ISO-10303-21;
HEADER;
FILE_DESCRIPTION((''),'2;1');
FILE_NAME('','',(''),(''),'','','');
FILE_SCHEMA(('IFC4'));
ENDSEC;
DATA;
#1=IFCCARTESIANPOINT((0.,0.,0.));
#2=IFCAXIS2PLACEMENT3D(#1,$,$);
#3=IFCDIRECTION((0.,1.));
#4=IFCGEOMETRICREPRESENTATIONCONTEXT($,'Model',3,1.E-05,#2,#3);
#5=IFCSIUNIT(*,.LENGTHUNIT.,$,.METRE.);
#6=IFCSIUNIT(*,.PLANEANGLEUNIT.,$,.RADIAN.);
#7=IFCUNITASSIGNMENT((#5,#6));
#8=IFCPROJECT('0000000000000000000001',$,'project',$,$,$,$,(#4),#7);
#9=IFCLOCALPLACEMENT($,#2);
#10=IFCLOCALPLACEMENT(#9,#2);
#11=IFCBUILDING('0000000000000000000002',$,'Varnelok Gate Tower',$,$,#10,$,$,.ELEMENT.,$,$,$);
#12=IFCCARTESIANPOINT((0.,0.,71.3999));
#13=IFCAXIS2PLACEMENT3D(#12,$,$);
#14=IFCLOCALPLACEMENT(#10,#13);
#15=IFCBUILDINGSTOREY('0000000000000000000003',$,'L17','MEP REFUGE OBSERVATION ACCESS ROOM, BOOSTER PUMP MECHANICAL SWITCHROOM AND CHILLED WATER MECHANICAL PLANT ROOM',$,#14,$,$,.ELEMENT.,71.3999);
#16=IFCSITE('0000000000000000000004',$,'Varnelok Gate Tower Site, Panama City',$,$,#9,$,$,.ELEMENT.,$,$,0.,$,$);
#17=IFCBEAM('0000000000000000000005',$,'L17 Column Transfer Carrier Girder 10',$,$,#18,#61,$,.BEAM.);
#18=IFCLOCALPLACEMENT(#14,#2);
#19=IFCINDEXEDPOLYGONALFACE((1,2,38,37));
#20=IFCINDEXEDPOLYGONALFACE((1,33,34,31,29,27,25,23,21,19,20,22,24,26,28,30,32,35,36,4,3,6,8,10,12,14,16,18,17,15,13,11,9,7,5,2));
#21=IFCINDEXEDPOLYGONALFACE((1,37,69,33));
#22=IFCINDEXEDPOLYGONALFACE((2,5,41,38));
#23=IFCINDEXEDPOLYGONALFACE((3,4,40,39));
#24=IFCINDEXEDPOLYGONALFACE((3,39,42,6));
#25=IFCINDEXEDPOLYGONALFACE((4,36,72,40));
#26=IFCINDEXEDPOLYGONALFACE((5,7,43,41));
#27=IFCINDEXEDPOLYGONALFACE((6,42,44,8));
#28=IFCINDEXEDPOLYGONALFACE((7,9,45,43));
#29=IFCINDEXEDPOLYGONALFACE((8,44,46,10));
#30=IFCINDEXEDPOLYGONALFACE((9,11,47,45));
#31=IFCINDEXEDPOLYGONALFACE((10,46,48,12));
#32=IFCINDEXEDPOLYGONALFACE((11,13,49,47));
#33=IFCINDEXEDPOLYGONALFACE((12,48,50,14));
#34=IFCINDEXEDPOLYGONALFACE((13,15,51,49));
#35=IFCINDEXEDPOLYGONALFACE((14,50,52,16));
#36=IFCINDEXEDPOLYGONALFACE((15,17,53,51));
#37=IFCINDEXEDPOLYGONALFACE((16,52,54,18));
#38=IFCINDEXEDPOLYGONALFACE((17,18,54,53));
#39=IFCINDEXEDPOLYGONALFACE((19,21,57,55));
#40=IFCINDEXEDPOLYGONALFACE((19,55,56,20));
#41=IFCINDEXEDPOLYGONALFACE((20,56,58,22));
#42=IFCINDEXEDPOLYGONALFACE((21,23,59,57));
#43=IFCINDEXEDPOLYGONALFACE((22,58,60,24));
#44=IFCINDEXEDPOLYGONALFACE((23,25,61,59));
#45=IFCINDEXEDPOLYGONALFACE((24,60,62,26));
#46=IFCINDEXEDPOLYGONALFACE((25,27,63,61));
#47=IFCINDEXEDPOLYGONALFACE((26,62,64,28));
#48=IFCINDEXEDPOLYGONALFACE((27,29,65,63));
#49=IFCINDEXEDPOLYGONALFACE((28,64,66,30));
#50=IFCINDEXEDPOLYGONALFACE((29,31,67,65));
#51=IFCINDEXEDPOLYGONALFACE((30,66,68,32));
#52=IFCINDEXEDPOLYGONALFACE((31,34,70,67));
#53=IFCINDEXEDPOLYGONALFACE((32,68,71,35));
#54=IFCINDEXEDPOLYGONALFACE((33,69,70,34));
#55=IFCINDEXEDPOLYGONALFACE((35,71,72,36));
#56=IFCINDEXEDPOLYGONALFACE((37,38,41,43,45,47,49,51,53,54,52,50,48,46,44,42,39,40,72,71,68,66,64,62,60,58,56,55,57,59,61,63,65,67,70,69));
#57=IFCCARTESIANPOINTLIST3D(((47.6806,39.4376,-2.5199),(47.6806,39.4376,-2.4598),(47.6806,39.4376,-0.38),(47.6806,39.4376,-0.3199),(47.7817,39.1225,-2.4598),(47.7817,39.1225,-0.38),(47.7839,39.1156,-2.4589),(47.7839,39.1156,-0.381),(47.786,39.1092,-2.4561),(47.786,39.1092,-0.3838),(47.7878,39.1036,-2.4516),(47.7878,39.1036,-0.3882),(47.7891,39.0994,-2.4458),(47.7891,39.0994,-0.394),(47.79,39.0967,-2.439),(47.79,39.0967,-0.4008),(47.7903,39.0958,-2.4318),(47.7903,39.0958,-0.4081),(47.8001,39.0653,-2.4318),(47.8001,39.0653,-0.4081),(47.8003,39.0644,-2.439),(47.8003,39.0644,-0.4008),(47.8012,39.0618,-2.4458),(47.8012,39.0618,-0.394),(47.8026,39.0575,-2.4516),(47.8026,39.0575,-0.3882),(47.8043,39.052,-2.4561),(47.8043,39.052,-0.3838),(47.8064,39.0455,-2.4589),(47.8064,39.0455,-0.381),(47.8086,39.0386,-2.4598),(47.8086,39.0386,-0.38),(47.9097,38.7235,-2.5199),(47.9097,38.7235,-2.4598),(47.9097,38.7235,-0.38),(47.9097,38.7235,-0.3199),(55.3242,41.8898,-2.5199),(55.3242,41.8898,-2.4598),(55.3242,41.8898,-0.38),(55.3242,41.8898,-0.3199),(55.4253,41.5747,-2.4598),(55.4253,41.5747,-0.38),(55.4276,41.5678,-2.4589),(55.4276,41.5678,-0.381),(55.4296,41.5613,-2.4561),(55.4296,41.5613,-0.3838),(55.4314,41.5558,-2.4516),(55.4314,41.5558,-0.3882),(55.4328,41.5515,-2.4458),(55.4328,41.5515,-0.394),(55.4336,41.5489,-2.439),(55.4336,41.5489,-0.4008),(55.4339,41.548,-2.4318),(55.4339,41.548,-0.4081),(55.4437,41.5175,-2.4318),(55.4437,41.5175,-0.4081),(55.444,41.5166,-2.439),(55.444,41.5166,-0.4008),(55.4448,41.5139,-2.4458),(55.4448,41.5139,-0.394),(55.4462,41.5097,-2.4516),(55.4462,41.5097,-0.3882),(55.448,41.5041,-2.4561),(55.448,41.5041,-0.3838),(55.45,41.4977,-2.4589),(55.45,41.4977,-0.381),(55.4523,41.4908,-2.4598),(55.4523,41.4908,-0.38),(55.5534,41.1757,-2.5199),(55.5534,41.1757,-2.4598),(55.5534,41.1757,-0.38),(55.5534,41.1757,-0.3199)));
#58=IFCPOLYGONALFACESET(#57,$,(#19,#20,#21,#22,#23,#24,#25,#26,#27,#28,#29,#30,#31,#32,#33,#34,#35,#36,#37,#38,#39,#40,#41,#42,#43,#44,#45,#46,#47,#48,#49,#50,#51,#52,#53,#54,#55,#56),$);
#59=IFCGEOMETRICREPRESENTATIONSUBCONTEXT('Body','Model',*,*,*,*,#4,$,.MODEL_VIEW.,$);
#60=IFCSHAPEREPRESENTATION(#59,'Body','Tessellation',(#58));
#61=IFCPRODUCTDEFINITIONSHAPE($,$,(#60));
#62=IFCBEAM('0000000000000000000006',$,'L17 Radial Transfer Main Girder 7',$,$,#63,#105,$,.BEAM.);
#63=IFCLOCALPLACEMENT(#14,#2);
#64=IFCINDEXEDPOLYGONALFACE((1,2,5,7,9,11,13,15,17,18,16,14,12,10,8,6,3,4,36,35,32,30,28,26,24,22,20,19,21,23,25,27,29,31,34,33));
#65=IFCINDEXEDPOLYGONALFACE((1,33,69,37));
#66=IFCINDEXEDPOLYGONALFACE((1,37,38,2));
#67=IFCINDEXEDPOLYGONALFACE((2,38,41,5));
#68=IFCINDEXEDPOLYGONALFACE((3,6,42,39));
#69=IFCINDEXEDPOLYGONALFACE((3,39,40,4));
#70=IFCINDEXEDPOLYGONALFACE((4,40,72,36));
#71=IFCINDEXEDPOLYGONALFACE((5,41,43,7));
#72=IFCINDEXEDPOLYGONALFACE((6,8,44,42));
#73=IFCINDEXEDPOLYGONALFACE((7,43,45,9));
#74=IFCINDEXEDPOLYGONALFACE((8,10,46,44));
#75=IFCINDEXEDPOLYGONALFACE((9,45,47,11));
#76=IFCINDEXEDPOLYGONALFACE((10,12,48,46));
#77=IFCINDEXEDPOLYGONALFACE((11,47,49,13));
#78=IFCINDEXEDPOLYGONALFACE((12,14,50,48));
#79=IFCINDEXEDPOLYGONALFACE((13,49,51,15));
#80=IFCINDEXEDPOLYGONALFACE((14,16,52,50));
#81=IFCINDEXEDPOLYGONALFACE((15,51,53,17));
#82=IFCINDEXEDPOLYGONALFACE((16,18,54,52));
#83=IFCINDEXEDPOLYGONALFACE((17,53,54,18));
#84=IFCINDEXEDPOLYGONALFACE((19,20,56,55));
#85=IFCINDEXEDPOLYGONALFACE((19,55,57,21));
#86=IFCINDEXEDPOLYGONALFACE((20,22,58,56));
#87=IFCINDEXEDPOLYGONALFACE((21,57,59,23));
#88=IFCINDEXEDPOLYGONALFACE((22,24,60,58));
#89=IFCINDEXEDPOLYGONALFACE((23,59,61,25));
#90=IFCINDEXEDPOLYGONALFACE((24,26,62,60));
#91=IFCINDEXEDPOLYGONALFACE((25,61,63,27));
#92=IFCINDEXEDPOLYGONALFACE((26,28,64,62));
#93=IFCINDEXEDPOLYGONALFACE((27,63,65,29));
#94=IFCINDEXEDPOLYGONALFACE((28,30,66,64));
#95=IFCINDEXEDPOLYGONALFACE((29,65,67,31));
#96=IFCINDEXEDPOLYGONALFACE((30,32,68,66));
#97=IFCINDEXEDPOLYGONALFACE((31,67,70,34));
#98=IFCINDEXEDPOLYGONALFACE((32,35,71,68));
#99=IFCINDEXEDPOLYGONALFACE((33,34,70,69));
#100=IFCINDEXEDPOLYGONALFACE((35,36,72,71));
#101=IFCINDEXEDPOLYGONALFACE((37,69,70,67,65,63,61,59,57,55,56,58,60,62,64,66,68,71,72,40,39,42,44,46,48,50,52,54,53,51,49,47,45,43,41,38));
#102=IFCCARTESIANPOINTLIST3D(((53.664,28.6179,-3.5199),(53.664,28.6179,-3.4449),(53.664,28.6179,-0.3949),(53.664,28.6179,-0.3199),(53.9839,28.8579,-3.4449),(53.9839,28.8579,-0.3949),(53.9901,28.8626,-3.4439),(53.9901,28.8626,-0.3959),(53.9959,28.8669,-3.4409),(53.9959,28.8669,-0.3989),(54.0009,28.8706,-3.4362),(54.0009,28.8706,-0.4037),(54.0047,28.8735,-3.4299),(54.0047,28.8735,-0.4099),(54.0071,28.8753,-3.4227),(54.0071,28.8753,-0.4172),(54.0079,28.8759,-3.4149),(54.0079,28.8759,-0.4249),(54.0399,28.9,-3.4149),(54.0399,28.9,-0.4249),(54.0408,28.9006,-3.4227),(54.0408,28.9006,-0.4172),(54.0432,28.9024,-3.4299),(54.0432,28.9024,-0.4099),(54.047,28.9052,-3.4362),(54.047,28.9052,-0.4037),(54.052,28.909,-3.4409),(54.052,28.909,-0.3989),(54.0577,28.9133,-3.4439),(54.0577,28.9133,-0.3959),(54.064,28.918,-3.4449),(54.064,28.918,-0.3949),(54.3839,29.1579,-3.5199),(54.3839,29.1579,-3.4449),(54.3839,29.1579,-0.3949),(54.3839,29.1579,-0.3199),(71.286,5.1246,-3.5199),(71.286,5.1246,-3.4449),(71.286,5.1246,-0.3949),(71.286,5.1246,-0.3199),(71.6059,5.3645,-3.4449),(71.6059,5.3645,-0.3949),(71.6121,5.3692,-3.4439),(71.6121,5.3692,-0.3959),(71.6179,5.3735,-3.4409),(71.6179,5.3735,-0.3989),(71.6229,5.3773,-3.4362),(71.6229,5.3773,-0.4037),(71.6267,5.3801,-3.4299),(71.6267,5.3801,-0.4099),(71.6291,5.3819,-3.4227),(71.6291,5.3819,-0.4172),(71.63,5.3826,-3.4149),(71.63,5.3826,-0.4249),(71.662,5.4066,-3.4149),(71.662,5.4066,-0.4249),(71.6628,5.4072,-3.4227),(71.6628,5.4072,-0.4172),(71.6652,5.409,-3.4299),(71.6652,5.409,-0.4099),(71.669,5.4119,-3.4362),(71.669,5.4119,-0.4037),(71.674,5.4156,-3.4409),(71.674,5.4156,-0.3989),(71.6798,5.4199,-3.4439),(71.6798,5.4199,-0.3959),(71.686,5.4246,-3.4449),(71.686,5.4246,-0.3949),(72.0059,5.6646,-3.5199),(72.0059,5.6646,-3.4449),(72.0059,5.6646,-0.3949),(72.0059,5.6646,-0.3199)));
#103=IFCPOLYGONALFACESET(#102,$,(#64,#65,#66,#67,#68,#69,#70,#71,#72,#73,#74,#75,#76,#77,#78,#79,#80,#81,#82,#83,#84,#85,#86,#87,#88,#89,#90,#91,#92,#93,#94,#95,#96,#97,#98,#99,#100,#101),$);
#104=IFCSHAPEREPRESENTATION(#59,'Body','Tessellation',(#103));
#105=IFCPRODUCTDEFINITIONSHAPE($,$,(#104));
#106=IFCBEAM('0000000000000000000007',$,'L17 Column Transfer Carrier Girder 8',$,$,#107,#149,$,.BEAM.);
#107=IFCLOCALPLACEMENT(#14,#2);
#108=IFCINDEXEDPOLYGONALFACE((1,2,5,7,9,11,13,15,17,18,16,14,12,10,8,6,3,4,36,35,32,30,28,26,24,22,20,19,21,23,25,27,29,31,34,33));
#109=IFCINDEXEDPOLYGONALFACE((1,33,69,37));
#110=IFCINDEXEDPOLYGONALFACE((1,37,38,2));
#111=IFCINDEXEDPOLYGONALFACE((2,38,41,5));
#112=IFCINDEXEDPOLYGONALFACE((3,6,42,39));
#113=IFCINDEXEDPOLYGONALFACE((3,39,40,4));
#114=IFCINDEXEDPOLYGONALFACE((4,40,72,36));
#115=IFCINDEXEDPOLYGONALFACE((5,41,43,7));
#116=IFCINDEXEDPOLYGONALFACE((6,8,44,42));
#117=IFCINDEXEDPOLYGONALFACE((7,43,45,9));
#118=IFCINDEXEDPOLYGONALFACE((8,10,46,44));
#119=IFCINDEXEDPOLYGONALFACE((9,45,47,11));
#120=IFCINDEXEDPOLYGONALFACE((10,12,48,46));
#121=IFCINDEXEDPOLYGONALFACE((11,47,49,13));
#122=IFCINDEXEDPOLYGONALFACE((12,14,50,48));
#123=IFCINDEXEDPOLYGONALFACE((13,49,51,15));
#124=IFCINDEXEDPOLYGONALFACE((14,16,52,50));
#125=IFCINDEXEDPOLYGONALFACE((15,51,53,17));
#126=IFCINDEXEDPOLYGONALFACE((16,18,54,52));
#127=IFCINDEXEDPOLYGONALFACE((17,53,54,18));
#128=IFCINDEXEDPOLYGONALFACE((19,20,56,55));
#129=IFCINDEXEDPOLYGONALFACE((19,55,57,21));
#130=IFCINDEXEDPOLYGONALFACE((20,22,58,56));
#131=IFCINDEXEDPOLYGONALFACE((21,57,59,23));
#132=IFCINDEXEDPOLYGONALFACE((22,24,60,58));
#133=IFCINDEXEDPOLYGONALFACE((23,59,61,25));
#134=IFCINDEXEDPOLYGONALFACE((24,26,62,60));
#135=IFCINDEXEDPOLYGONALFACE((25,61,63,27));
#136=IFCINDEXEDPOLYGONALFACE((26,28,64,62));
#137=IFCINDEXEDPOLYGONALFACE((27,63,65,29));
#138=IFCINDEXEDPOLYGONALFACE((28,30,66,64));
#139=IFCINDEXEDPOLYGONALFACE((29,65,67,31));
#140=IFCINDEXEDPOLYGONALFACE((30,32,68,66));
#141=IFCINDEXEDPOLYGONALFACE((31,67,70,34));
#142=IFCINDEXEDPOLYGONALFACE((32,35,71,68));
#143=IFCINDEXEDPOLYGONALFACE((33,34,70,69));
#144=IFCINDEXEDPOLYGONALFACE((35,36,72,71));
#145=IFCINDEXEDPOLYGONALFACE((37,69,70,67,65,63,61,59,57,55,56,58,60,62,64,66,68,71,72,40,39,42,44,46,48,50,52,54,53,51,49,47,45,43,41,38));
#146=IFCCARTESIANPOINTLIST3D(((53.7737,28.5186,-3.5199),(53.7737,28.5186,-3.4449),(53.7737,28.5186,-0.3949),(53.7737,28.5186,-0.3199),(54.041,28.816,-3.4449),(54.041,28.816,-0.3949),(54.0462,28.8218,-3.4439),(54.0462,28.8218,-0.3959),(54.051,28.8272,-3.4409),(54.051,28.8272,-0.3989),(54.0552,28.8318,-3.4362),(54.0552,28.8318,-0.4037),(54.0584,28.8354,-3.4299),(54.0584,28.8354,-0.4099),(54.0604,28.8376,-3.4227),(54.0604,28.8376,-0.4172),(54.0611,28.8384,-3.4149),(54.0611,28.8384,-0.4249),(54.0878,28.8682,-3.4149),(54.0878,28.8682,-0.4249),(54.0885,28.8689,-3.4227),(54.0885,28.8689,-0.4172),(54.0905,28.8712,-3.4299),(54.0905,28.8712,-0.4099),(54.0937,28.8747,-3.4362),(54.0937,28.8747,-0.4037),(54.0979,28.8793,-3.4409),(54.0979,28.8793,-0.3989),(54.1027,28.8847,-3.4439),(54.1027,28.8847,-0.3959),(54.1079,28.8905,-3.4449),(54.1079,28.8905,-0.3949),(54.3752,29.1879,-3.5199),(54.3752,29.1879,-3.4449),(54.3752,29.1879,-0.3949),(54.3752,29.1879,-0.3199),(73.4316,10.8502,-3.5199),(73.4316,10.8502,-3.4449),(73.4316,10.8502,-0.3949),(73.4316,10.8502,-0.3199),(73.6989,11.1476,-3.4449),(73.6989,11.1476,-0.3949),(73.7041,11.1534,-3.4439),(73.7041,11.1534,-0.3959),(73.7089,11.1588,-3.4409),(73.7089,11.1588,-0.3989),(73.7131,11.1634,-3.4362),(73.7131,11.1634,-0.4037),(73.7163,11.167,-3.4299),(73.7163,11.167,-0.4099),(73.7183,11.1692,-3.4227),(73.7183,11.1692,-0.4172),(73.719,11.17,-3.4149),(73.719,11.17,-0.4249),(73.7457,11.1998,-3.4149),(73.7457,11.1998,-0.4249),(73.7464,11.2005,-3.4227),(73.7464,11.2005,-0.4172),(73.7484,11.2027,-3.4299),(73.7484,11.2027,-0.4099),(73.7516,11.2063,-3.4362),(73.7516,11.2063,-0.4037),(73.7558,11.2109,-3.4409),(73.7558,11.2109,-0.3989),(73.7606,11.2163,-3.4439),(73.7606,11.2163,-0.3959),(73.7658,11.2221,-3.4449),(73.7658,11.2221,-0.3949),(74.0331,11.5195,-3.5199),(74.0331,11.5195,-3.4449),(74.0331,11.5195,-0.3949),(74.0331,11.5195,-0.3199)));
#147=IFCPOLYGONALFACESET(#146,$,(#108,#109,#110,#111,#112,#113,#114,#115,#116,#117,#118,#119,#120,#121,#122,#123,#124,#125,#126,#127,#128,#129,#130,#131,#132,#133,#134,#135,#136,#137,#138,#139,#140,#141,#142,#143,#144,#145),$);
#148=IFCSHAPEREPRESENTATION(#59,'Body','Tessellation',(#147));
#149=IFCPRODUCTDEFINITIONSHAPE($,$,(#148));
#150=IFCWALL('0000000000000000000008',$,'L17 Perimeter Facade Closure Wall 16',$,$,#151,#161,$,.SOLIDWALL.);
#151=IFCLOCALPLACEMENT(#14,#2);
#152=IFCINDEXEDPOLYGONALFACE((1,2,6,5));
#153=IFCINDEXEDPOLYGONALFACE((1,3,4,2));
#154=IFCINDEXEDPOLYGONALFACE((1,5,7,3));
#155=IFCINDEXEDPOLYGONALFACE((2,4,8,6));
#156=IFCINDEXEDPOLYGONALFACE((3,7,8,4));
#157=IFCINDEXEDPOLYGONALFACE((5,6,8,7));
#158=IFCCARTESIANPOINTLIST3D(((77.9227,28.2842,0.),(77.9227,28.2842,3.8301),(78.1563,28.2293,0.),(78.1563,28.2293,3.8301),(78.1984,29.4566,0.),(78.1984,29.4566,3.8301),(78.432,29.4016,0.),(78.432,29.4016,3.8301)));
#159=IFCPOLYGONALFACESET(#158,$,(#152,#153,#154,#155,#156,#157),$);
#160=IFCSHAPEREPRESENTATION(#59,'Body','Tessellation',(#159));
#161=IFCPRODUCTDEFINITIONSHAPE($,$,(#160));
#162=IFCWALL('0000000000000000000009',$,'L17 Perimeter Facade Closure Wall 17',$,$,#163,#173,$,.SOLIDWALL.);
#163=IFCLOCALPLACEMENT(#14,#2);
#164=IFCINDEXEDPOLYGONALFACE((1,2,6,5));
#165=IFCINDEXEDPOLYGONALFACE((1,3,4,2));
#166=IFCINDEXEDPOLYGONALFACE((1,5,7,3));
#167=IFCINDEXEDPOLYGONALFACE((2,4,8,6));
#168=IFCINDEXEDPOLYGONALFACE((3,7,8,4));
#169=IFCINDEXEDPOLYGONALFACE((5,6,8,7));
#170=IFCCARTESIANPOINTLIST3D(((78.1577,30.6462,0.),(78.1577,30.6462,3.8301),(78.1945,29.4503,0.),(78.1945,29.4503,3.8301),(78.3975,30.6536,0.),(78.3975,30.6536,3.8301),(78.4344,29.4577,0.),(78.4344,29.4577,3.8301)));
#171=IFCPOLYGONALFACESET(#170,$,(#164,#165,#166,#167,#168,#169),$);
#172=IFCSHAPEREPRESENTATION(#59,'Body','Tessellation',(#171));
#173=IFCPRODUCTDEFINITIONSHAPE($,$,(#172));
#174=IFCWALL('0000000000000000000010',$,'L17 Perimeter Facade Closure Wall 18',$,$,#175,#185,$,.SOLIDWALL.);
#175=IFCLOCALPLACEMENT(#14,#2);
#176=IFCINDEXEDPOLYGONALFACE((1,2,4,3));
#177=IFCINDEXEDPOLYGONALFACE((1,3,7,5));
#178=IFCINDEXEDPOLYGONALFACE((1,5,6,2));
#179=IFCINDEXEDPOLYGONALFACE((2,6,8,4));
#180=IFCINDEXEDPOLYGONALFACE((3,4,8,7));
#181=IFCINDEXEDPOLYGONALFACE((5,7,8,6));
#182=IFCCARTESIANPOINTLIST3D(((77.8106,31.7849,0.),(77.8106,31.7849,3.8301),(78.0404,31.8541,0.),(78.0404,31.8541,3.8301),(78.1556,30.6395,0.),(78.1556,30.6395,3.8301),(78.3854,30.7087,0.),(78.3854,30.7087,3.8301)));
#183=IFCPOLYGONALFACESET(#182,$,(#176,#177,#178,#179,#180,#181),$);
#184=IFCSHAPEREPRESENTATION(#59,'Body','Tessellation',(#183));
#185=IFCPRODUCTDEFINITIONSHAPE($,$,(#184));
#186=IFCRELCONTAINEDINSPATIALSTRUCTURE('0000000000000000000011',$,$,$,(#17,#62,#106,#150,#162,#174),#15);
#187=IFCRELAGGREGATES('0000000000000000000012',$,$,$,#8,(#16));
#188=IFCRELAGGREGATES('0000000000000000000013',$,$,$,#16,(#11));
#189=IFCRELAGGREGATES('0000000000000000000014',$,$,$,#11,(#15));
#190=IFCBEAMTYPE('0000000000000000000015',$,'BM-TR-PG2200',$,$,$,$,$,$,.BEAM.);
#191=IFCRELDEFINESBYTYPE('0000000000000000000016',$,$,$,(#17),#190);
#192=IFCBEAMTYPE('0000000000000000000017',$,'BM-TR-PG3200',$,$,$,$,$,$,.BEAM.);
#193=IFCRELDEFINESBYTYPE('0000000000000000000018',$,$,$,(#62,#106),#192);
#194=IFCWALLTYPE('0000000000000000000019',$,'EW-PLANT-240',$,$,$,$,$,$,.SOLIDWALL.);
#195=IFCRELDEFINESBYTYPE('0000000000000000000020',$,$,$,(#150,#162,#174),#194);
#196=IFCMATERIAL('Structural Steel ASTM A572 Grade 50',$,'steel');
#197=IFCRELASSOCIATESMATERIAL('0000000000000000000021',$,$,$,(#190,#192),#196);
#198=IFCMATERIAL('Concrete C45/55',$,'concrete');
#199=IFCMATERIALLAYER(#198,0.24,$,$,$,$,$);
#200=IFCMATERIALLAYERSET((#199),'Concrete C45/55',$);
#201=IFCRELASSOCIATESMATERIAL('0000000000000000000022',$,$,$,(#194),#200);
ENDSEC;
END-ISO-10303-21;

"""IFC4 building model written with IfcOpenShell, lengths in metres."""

from ifc_helpers import new_model, si_unit, direction, frame, frame_2d, origin, origin_2d, place, context, subcontext, project, spatial, rectangle, i_section, extrude, material, layer, layer_set, material_profile, profile_set, type_object, element, save


model = new_model("IFC4")

# Units and contexts
model_context = context("Model", 3, precision=1e-05, world=origin(), true_north=direction((0.0, 1.0)))
body_context = subcontext(model_context, "Body", "Model", "MODEL_VIEW")
ifc_project = project(units=[si_unit("LENGTHUNIT", "METRE"), si_unit("PLANEANGLEUNIT", "RADIAN")], contexts=[model_context])

# Site, building, storey
site_placement = place(None, origin())
site = spatial("IfcSite", under=ifc_project, at=site_placement, Name="Varnelok Gate Tower Site, Panama City", CompositionType="ELEMENT", RefElevation=0.0)
building_placement = place(site_placement, origin())
building = spatial("IfcBuilding", under=site, at=building_placement, Name="Varnelok Gate Tower", CompositionType="ELEMENT")
storey_placement = place(building_placement, frame((0.0, 0.0, 71.3999)))
storey = spatial("IfcBuildingStorey", under=building, at=storey_placement, Name="L17", Description="MEP REFUGE OBSERVATION ACCESS ROOM, BOOSTER PUMP MECHANICAL SWITCHROOM AND CHILLED WATER MECHANICAL PLANT ROOM", CompositionType="ELEMENT", Elevation=71.3999)

# Beams
ifc_material_1 = material(Name="Structural Steel ASTM A572 Grade 50", Category="steel")
ifc_material_profile_1 = material_profile(ifc_material_1, i_section(OverallWidth=0.75, OverallDepth=2.2, WebThickness=0.032, FlangeThickness=0.0601, FilletRadius=0.0281, at=origin_2d()), Name="PG2200X750")
ifc_profile_set_1 = profile_set([ifc_material_profile_1], Name="Structural Steel ASTM A572 Grade 50")
beam_type_1 = type_object("IfcBeamType", Name="BM-TR-PG2200", PredefinedType="BEAM", material=ifc_profile_set_1)
beam_1_placement = place(storey_placement, frame((47.7952, 39.0806, -1.4199), z_axis=(0.952199, 0.305478, 0.0), x_axis=(-0.305478, 0.952199, 0.0)))
element("IfcBeam", 1, at=beam_1_placement, inside=storey, type_object=beam_type_1, Name="L17 Column Transfer Carrier Girder 10", PredefinedType="BEAM", context=body_context, shape_type="SweptSolid", body=[
    extrude(i_section(OverallWidth=0.75, OverallDepth=2.2, WebThickness=0.032, FlangeThickness=0.0601, FilletRadius=0.0281, at=origin_2d()), origin(), (0.0, 0.0, 1.0), 8.0273),
])
ifc_material_profile_2 = material_profile(ifc_material_1, i_section(OverallWidth=0.8999, OverallDepth=3.2, WebThickness=0.04, FlangeThickness=0.075, FilletRadius=0.03, at=origin_2d()), Name="PG3200X900")
ifc_profile_set_2 = profile_set([ifc_material_profile_2], Name="Structural Steel ASTM A572 Grade 50")
beam_type_2 = type_object("IfcBeamType", Name="BM-TR-PG3200", PredefinedType="BEAM", material=ifc_profile_set_2)
beam_2_placement = place(storey_placement, frame((54.0239, 28.8879, -1.9199), z_axis=(0.600044, -0.799967, 0.0), x_axis=(0.799967, 0.600044, 0.0)))
element("IfcBeam", 2, at=beam_2_placement, inside=storey, type_object=beam_type_2, Name="L17 Radial Transfer Main Girder 7", PredefinedType="BEAM", context=body_context, shape_type="SweptSolid", body=[
    extrude(i_section(OverallWidth=0.8999, OverallDepth=3.2, WebThickness=0.04, FlangeThickness=0.075, FilletRadius=0.03, at=origin_2d()), origin(), (0.0, 0.0, 1.0), 29.3679),
])
beam_3_placement = place(storey_placement, frame((54.0745, 28.8533, -1.9199), z_axis=(0.74374, -0.668469, 0.0), x_axis=(0.668469, 0.74374, 0.0)))
element("IfcBeam", 3, at=beam_3_placement, inside=storey, type_object=beam_type_2, Name="L17 Column Transfer Carrier Girder 8", PredefinedType="BEAM", context=body_context, shape_type="SweptSolid", body=[
    extrude(i_section(OverallWidth=0.8999, OverallDepth=3.2, WebThickness=0.04, FlangeThickness=0.075, FilletRadius=0.03, at=origin_2d()), origin(), (0.0, 0.0, 1.0), 26.4312),
])

# Walls
ifc_material_2 = material(Name="Concrete C45/55", Category="concrete")
ifc_layer_1 = layer(ifc_material_2, 0.24)
ifc_layer_set_1 = layer_set([ifc_layer_1], Name="Concrete C45/55")
wall_type_1 = type_object("IfcWallType", Name="EW-PLANT-240", PredefinedType="SOLIDWALL", material=ifc_layer_set_1)
wall_1_placement = place(storey_placement, frame((78.0396, 28.2568, 0.0), z_axis=(0.0, 0.0, 1.0), x_axis=(0.22887, 0.973457, 0.0)))
element("IfcWall", 4, at=wall_1_placement, inside=storey, type_object=wall_type_1, Name="L17 Perimeter Facade Closure Wall 16", PredefinedType="SOLIDWALL", context=body_context, shape_type="SweptSolid", body=[
    extrude(rectangle(XDim=1.2043, YDim=0.24, at=frame_2d((0.6021, 0.0))), origin(), (0.0, 0.0, 1.0), 3.8301),
])
wall_2_placement = place(storey_placement, frame((78.3145, 29.4541, 0.0), z_axis=(0.0, 0.0, 1.0), x_axis=(-0.030808, 0.999525, 0.0)))
element("IfcWall", 5, at=wall_2_placement, inside=storey, type_object=wall_type_1, Name="L17 Perimeter Facade Closure Wall 17", PredefinedType="SOLIDWALL", context=body_context, shape_type="SweptSolid", body=[
    extrude(rectangle(XDim=1.1965, YDim=0.24, at=frame_2d((0.5981, 0.0))), origin(), (0.0, 0.0, 1.0), 3.8301),
])
wall_3_placement = place(storey_placement, frame((78.2705, 30.6741, 0.0), z_axis=(0.0, 0.0, 1.0), x_axis=(-0.288359, 0.957522, 0.0)))
element("IfcWall", 6, at=wall_3_placement, inside=storey, type_object=wall_type_1, Name="L17 Perimeter Facade Closure Wall 18", PredefinedType="SOLIDWALL", context=body_context, shape_type="SweptSolid", body=[
    extrude(rectangle(XDim=1.1963, YDim=0.24, at=frame_2d((0.5981, 0.0))), origin(), (0.0, 0.0, 1.0), 3.8301),
])

save(model, "model.ifc")
